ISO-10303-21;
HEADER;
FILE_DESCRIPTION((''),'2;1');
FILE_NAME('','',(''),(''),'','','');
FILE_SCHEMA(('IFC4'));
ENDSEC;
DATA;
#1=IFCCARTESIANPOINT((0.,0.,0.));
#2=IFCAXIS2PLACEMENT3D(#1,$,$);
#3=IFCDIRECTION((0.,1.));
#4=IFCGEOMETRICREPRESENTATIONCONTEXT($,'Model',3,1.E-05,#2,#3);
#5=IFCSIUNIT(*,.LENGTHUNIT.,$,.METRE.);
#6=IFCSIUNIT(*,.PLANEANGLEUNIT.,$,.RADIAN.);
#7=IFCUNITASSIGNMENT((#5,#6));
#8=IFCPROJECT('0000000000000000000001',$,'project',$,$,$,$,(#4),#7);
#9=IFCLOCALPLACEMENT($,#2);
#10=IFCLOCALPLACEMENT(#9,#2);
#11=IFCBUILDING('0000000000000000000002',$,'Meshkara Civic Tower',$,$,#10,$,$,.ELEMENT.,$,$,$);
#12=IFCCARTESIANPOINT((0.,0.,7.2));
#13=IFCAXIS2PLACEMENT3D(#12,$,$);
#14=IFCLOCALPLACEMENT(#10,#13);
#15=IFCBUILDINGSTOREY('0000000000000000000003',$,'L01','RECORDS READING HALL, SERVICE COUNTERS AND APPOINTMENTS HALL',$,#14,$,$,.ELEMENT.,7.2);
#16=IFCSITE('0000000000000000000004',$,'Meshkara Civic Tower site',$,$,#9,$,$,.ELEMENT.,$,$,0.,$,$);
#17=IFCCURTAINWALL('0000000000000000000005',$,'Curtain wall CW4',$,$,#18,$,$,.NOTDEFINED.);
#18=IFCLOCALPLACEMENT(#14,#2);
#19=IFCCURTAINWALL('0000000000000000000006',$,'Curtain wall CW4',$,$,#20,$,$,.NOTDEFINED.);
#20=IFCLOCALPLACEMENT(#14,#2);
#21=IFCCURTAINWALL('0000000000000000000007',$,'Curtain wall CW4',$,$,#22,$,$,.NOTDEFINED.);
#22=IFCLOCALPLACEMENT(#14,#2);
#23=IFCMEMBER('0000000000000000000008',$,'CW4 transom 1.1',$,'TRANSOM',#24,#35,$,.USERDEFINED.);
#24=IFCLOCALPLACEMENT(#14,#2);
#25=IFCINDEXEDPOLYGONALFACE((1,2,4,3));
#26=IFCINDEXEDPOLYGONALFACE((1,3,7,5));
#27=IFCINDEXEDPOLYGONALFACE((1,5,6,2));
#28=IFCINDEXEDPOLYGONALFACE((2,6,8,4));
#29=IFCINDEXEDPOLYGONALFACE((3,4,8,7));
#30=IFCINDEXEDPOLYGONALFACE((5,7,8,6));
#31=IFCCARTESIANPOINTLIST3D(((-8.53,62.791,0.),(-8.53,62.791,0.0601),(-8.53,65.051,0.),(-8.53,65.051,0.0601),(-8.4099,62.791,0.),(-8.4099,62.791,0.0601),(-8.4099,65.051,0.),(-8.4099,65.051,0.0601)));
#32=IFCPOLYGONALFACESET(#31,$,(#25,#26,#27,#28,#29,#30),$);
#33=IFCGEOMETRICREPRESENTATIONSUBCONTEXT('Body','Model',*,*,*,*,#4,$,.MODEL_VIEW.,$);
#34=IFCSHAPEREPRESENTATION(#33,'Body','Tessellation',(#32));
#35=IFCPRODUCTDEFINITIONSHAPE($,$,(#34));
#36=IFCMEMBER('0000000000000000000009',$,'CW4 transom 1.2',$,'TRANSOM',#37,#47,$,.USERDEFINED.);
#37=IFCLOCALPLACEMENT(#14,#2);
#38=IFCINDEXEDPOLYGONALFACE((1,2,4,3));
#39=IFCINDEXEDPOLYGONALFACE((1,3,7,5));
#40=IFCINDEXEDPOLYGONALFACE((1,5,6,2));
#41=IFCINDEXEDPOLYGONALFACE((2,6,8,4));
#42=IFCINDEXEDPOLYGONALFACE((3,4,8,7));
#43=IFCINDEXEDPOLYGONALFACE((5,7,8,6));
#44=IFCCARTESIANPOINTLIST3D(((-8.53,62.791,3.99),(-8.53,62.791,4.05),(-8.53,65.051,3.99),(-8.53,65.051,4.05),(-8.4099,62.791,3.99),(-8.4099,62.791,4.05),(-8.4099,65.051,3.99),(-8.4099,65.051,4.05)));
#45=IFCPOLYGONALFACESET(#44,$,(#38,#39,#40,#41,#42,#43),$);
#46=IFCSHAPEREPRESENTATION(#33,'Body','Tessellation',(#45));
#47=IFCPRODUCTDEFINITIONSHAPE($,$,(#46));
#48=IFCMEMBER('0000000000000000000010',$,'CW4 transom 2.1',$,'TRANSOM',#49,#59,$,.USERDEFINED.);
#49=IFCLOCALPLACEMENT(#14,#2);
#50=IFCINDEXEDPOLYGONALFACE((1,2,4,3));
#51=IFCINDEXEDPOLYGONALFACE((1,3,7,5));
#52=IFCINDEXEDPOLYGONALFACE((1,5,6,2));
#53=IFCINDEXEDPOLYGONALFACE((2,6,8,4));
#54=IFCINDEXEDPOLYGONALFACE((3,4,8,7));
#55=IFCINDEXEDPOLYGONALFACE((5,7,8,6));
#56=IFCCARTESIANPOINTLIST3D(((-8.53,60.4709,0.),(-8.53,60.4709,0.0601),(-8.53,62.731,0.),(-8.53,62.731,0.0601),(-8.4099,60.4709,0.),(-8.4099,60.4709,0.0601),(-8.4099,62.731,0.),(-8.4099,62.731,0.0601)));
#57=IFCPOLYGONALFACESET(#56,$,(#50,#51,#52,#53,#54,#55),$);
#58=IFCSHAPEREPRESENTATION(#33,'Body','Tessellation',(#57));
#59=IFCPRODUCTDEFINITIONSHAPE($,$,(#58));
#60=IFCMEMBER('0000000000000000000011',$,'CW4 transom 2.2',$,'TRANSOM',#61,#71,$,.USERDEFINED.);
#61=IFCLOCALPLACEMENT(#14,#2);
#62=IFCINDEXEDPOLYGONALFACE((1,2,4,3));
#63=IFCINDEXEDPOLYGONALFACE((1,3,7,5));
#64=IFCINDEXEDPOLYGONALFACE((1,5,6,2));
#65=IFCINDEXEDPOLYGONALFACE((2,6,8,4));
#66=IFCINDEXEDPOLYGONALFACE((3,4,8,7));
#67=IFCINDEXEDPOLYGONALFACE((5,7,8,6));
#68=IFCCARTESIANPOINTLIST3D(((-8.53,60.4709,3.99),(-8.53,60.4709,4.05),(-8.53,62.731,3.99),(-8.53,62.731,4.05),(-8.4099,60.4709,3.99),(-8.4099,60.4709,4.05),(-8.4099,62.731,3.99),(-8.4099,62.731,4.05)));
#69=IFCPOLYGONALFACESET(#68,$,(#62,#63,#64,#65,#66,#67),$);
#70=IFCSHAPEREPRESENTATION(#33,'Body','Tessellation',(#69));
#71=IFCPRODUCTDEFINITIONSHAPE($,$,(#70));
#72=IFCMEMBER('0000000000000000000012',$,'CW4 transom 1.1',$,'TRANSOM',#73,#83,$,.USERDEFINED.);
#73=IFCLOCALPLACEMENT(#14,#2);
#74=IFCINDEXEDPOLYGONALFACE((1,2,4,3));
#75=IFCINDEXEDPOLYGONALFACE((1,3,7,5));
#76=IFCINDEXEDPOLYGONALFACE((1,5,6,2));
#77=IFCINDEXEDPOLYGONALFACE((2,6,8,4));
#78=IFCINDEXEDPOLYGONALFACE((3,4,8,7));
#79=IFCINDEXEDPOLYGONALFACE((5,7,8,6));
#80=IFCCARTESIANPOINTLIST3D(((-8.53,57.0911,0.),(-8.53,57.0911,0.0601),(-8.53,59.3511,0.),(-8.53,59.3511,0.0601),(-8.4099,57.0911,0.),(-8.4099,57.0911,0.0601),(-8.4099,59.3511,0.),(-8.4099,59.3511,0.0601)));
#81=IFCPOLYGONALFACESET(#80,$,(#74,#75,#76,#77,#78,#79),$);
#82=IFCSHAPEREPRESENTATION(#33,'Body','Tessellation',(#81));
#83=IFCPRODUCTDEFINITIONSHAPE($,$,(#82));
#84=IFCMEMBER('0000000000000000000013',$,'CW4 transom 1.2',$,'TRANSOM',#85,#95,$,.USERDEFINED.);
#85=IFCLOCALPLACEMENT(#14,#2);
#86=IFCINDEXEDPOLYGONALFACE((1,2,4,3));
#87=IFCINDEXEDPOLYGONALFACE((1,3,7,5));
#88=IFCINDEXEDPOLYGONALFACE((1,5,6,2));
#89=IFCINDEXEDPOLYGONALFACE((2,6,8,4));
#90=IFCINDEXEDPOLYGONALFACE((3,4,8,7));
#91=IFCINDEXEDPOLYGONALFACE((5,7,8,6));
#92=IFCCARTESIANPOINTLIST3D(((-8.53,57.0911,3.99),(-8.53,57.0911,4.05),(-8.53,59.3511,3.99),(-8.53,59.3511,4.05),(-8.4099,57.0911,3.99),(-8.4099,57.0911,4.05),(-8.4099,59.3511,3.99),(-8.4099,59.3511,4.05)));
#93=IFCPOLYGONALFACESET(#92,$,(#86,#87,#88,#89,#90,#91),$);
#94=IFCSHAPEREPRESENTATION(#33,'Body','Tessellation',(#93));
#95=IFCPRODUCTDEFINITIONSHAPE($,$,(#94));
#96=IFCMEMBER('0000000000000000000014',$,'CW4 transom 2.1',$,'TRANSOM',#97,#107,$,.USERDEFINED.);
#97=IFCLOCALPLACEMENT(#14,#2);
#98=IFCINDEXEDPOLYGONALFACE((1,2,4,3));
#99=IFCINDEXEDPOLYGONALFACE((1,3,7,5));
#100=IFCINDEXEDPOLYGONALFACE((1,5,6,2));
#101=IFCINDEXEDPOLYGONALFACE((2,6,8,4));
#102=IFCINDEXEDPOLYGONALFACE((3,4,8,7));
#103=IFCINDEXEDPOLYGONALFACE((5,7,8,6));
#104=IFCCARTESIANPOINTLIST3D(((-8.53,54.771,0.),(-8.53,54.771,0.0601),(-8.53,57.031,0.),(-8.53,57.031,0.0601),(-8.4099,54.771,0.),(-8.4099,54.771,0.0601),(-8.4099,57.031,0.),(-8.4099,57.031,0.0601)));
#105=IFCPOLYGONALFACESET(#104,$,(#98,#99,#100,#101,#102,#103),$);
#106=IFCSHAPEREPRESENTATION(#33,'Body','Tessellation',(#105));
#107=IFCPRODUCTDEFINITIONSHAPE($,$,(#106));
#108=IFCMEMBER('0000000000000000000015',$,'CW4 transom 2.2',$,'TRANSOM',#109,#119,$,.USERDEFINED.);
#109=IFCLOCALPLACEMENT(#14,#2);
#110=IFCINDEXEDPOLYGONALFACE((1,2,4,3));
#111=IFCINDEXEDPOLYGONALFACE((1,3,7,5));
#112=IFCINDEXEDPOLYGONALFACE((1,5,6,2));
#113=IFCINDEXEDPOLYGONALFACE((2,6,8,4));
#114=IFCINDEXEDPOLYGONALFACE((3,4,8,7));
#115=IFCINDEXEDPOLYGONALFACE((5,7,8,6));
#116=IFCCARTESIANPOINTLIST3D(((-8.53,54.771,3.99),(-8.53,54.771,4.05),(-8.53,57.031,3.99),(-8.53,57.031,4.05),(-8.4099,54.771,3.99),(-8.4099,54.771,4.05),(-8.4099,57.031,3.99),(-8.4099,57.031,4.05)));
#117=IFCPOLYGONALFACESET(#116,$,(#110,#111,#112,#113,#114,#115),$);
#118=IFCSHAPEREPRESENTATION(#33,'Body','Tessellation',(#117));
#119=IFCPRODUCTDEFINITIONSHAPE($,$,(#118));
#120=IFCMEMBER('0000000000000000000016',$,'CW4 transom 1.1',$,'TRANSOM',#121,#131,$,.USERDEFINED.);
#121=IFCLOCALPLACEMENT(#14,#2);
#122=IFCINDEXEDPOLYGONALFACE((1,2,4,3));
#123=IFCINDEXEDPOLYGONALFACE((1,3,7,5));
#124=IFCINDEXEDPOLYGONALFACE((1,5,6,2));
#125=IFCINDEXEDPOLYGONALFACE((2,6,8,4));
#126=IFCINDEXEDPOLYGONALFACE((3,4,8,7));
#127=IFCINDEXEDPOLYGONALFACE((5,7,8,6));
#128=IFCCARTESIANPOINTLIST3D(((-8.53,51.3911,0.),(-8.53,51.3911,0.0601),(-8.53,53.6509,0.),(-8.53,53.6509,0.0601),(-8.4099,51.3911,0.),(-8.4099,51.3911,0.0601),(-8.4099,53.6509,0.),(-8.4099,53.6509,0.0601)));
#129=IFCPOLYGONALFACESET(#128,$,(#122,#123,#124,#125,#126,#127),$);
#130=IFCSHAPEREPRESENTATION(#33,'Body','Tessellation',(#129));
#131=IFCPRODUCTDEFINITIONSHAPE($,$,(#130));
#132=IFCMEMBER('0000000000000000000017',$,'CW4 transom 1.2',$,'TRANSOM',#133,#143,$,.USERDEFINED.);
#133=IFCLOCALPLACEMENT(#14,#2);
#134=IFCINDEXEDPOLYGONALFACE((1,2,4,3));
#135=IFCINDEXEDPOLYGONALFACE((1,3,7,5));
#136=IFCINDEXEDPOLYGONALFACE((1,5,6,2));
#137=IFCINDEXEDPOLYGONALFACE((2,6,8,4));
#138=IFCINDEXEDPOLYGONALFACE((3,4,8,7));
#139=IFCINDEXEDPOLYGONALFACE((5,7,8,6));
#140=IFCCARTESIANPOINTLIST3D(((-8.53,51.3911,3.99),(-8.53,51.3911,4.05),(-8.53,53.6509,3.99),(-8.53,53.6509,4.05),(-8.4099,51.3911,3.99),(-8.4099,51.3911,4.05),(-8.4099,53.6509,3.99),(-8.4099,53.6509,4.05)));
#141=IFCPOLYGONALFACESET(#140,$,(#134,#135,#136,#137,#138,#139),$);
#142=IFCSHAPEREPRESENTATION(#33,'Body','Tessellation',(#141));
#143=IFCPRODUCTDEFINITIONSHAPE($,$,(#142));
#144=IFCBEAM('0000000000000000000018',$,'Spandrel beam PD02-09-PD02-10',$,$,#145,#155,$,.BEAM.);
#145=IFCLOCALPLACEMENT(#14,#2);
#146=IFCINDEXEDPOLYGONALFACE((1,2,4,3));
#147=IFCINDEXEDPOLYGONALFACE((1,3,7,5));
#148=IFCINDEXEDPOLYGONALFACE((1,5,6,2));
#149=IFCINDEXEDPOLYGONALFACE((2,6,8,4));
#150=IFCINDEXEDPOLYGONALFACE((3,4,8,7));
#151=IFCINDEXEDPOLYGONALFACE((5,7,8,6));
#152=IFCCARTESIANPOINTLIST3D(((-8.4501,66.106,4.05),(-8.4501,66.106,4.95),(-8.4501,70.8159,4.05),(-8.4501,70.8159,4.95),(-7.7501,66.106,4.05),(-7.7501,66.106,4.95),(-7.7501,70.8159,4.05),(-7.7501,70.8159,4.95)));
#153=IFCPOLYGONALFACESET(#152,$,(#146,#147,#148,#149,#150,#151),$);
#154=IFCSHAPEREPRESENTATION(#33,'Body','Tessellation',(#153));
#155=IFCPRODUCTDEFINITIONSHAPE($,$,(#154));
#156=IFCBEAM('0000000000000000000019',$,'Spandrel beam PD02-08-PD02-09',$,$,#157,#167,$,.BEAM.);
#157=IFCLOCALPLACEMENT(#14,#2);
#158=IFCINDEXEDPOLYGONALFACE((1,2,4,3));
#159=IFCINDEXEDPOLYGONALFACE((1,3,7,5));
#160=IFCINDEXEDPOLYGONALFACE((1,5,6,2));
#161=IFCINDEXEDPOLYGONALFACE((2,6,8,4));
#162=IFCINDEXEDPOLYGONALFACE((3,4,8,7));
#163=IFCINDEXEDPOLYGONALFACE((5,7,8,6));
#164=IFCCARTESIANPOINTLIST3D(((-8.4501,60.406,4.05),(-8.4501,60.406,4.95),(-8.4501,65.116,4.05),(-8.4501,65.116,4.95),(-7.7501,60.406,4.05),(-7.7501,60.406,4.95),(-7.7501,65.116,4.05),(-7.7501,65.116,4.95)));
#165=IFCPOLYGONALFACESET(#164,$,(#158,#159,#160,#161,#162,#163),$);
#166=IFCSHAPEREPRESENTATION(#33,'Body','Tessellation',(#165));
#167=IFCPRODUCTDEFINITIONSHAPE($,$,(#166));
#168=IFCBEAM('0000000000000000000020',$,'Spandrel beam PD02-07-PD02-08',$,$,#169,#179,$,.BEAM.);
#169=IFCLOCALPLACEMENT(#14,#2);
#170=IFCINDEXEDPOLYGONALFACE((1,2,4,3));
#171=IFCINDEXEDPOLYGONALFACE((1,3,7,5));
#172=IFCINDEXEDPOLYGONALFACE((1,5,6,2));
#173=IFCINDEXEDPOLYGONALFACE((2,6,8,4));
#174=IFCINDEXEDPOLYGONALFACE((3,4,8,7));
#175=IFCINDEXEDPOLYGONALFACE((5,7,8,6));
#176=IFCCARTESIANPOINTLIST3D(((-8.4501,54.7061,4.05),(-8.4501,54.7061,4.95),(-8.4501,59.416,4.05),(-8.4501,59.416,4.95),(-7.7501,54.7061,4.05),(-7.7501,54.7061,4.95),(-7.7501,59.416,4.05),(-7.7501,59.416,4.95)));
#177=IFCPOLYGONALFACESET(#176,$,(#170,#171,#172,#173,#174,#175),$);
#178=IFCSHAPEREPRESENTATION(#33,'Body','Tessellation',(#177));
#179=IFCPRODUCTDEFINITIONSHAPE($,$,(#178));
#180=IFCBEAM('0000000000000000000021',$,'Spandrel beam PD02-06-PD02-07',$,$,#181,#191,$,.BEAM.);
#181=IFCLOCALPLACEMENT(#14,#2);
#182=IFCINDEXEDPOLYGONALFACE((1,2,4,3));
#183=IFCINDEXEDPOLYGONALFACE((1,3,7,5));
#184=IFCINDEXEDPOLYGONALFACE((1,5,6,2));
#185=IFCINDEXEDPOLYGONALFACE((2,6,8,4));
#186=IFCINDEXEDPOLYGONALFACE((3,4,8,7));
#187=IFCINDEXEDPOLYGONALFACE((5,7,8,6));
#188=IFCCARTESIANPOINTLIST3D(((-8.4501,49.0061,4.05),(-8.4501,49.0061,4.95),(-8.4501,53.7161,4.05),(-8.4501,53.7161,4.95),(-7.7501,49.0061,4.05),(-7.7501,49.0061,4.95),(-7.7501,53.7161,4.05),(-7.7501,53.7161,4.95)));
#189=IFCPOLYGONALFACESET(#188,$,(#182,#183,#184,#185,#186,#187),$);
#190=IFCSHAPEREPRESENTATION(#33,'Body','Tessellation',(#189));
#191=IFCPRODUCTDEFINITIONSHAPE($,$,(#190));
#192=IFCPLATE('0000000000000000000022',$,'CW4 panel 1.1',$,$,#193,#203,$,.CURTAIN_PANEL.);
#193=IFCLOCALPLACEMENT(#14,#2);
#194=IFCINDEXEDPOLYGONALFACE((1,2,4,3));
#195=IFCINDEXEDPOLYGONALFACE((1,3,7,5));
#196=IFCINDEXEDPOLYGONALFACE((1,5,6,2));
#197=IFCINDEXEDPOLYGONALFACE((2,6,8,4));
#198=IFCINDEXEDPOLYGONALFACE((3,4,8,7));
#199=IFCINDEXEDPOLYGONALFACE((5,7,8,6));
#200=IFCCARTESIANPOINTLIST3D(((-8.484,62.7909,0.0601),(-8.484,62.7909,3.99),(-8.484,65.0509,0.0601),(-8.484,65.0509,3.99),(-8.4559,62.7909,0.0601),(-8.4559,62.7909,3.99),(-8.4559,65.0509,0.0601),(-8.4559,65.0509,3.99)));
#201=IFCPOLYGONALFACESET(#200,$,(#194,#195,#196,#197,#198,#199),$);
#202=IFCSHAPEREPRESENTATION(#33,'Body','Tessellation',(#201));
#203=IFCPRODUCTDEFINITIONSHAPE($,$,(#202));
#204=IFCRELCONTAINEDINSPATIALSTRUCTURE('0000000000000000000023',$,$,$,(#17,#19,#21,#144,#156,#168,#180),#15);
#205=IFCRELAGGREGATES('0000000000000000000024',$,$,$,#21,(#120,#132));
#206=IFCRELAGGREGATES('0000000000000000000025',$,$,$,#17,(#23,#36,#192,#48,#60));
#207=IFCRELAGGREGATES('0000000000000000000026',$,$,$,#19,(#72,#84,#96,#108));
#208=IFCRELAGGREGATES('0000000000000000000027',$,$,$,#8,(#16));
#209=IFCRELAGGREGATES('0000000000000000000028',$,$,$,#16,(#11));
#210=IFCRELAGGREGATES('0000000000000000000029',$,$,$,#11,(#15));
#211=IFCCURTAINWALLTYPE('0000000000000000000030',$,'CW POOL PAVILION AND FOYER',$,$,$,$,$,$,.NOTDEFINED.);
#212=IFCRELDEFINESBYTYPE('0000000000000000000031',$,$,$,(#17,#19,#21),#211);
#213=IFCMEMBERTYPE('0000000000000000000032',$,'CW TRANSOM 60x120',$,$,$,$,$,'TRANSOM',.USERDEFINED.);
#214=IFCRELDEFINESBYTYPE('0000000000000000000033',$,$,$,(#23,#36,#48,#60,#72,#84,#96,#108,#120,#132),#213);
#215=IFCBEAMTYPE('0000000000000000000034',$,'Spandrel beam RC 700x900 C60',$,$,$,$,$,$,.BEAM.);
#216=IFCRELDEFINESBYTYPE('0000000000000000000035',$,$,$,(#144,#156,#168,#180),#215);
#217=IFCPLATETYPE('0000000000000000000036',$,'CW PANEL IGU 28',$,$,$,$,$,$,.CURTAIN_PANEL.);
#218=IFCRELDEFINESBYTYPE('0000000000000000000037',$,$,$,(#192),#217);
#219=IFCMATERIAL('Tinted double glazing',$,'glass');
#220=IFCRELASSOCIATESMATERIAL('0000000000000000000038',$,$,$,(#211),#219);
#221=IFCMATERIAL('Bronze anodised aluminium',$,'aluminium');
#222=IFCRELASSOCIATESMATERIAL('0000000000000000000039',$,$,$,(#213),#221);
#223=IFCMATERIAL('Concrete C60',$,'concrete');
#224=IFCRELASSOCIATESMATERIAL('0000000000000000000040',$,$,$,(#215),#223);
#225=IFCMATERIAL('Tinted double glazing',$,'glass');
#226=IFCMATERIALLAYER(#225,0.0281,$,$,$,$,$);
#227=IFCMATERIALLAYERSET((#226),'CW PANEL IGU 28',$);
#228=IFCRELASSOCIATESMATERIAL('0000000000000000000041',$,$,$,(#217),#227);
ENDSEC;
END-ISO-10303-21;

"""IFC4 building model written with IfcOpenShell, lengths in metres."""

from ifc_helpers import new_model, si_unit, direction, frame, origin, origin_2d, place, context, subcontext, project, spatial, rectangle, extrude, material, layer, layer_set, material_profile, profile_set, type_object, element, aggregate, save


model = new_model("IFC4")

# Units and contexts
model_context = context("Model", 3, precision=1e-05, world=origin(), true_north=direction((0.0, 1.0)))
body_context = subcontext(model_context, "Body", "Model", "MODEL_VIEW")
ifc_project = project(units=[si_unit("LENGTHUNIT", "METRE"), si_unit("PLANEANGLEUNIT", "RADIAN")], contexts=[model_context])

# Site, building, storey
site_placement = place(None, origin())
site = spatial("IfcSite", under=ifc_project, at=site_placement, Name="Meshkara Civic Tower site", CompositionType="ELEMENT", RefElevation=0.0)
building_placement = place(site_placement, origin())
building = spatial("IfcBuilding", under=site, at=building_placement, Name="Meshkara Civic Tower", CompositionType="ELEMENT")
storey_placement = place(building_placement, frame((0.0, 0.0, 7.2)))
storey = spatial("IfcBuildingStorey", under=building, at=storey_placement, Name="L01", Description="RECORDS READING HALL, SERVICE COUNTERS AND APPOINTMENTS HALL", CompositionType="ELEMENT", Elevation=7.2)

# Curtain walls
ifc_material_1 = material(Name="Tinted double glazing", Category="glass")
curtain_wall_type = type_object("IfcCurtainWallType", Name="CW POOL PAVILION AND FOYER", PredefinedType="NOTDEFINED", material=ifc_material_1)
curtain_wall_1_placement = place(storey_placement, origin())
curtain_wall_1 = element("IfcCurtainWall", 1, at=curtain_wall_1_placement, inside=storey, type_object=curtain_wall_type, Name="Curtain wall CW4", PredefinedType="NOTDEFINED")
curtain_wall_2_placement = place(storey_placement, origin())
curtain_wall_2 = element("IfcCurtainWall", 2, at=curtain_wall_2_placement, inside=storey, type_object=curtain_wall_type, Name="Curtain wall CW4", PredefinedType="NOTDEFINED")

# Curtain wall
curtain_wall_3_placement = place(storey_placement, origin())
curtain_wall_3 = element("IfcCurtainWall", 3, at=curtain_wall_3_placement, inside=storey, type_object=curtain_wall_type, Name="Curtain wall CW4", PredefinedType="NOTDEFINED")

# Members
ifc_material_2 = material(Name="Bronze anodised aluminium", Category="aluminium")
ifc_material_profile_1 = material_profile(ifc_material_2, rectangle(XDim=0.1201, YDim=0.0601, at=origin_2d()))
ifc_profile_set_1 = profile_set([ifc_material_profile_1], Name="Bronze anodised aluminium")
member_type_1 = type_object("IfcMemberType", Name="CW TRANSOM 60x120", ElementType="TRANSOM", PredefinedType="USERDEFINED", material=ifc_profile_set_1)
member_1_placement = place(storey_placement, frame((-8.47, 65.051, 0.03), z_axis=(0.0, -1.0, 0.0), x_axis=(1.0, 0.0, 0.0)))
member_1 = element("IfcMember", 4, at=member_1_placement, type_object=member_type_1, Name="CW4 transom 1.1", ObjectType="TRANSOM", PredefinedType="USERDEFINED", context=body_context, shape_type="SweptSolid", body=[
    extrude(rectangle(XDim=0.1201, YDim=0.0601, at=origin_2d()), origin(), (0.0, 0.0, 1.0), 2.26),
])
member_2_placement = place(storey_placement, frame((-8.47, 65.051, 4.02), z_axis=(0.0, -1.0, 0.0), x_axis=(1.0, 0.0, 0.0)))
member_2 = element("IfcMember", 5, at=member_2_placement, type_object=member_type_1, Name="CW4 transom 1.2", ObjectType="TRANSOM", PredefinedType="USERDEFINED", context=body_context, shape_type="SweptSolid", body=[
    extrude(rectangle(XDim=0.1201, YDim=0.0601, at=origin_2d()), origin(), (0.0, 0.0, 1.0), 2.26),
])
member_3_placement = place(storey_placement, frame((-8.47, 62.731, 0.03), z_axis=(0.0, -1.0, 0.0), x_axis=(1.0, 0.0, 0.0)))
member_3 = element("IfcMember", 6, at=member_3_placement, type_object=member_type_1, Name="CW4 transom 2.1", ObjectType="TRANSOM", PredefinedType="USERDEFINED", context=body_context, shape_type="SweptSolid", body=[
    extrude(rectangle(XDim=0.1201, YDim=0.0601, at=origin_2d()), origin(), (0.0, 0.0, 1.0), 2.26),
])
member_4_placement = place(storey_placement, frame((-8.47, 62.731, 4.02), z_axis=(0.0, -1.0, 0.0), x_axis=(1.0, 0.0, 0.0)))
member_4 = element("IfcMember", 7, at=member_4_placement, type_object=member_type_1, Name="CW4 transom 2.2", ObjectType="TRANSOM", PredefinedType="USERDEFINED", context=body_context, shape_type="SweptSolid", body=[
    extrude(rectangle(XDim=0.1201, YDim=0.0601, at=origin_2d()), origin(), (0.0, 0.0, 1.0), 2.26),
])
member_5_placement = place(storey_placement, frame((-8.47, 59.3511, 0.03), z_axis=(0.0, -1.0, 0.0), x_axis=(1.0, 0.0, 0.0)))
member_5 = element("IfcMember", 8, at=member_5_placement, type_object=member_type_1, Name="CW4 transom 1.1", ObjectType="TRANSOM", PredefinedType="USERDEFINED", context=body_context, shape_type="SweptSolid", body=[
    extrude(rectangle(XDim=0.1201, YDim=0.0601, at=origin_2d()), origin(), (0.0, 0.0, 1.0), 2.26),
])
member_6_placement = place(storey_placement, frame((-8.47, 59.3511, 4.02), z_axis=(0.0, -1.0, 0.0), x_axis=(1.0, 0.0, 0.0)))
member_6 = element("IfcMember", 9, at=member_6_placement, type_object=member_type_1, Name="CW4 transom 1.2", ObjectType="TRANSOM", PredefinedType="USERDEFINED", context=body_context, shape_type="SweptSolid", body=[
    extrude(rectangle(XDim=0.1201, YDim=0.0601, at=origin_2d()), origin(), (0.0, 0.0, 1.0), 2.26),
])
member_7_placement = place(storey_placement, frame((-8.47, 57.031, 0.03), z_axis=(0.0, -1.0, 0.0), x_axis=(1.0, 0.0, 0.0)))
member_7 = element("IfcMember", 10, at=member_7_placement, type_object=member_type_1, Name="CW4 transom 2.1", ObjectType="TRANSOM", PredefinedType="USERDEFINED", context=body_context, shape_type="SweptSolid", body=[
    extrude(rectangle(XDim=0.1201, YDim=0.0601, at=origin_2d()), origin(), (0.0, 0.0, 1.0), 2.26),
])
member_8_placement = place(storey_placement, frame((-8.47, 57.031, 4.02), z_axis=(0.0, -1.0, 0.0), x_axis=(1.0, 0.0, 0.0)))
member_8 = element("IfcMember", 11, at=member_8_placement, type_object=member_type_1, Name="CW4 transom 2.2", ObjectType="TRANSOM", PredefinedType="USERDEFINED", context=body_context, shape_type="SweptSolid", body=[
    extrude(rectangle(XDim=0.1201, YDim=0.0601, at=origin_2d()), origin(), (0.0, 0.0, 1.0), 2.26),
])
member_9_placement = place(storey_placement, frame((-8.47, 53.6509, 0.03), z_axis=(0.0, -1.0, 0.0), x_axis=(1.0, 0.0, 0.0)))
member_9 = element("IfcMember", 12, at=member_9_placement, type_object=member_type_1, Name="CW4 transom 1.1", ObjectType="TRANSOM", PredefinedType="USERDEFINED", context=body_context, shape_type="SweptSolid", body=[
    extrude(rectangle(XDim=0.1201, YDim=0.0601, at=origin_2d()), origin(), (0.0, 0.0, 1.0), 2.2598),
])
member_10_placement = place(storey_placement, frame((-8.47, 53.6509, 4.02), z_axis=(0.0, -1.0, 0.0), x_axis=(1.0, 0.0, 0.0)))
member_10 = element("IfcMember", 13, at=member_10_placement, type_object=member_type_1, Name="CW4 transom 1.2", ObjectType="TRANSOM", PredefinedType="USERDEFINED", context=body_context, shape_type="SweptSolid", body=[
    extrude(rectangle(XDim=0.1201, YDim=0.0601, at=origin_2d()), origin(), (0.0, 0.0, 1.0), 2.2598),
])
aggregate(curtain_wall_3, [member_9, member_10])

# Beams
ifc_material_3 = material(Name="Concrete C60", Category="concrete")
ifc_material_profile_2 = material_profile(ifc_material_3, rectangle(XDim=0.7, YDim=0.8999, at=origin_2d()))
ifc_profile_set_2 = profile_set([ifc_material_profile_2], Name="Concrete C60")
beam_type = type_object("IfcBeamType", Name="Spandrel beam RC 700x900 C60", PredefinedType="BEAM", material=ifc_profile_set_2)
for number, where, z_axis, x_axis, name in (
    (14, (-8.1001, 70.8159, 4.5), (0.0, -1.0, 0.0), (1.0, 0.0, 0.0), "Spandrel beam PD02-09-PD02-10"),
    (15, (-8.1001, 65.116, 4.5), (0.0, -1.0, 0.0), (1.0, 0.0, 0.0), "Spandrel beam PD02-08-PD02-09"),
    (16, (-8.1001, 59.416, 4.5), (0.0, -1.0, 0.0), (1.0, 0.0, 0.0), "Spandrel beam PD02-07-PD02-08"),
    (17, (-8.1001, 53.7161, 4.5), (0.0, -1.0, 0.0), (1.0, 0.0, 0.0), "Spandrel beam PD02-06-PD02-07"),
):
    element("IfcBeam", number, at=place(storey_placement, frame(where, z_axis=z_axis, x_axis=x_axis)), inside=storey, type_object=beam_type, Name=name, PredefinedType="BEAM", context=body_context, shape_type="SweptSolid", body=[
        extrude(rectangle(XDim=0.7, YDim=0.8999, at=origin_2d()), origin(), (0.0, 0.0, 1.0), 4.71),
    ])

# Plate
ifc_material_4 = material(Name="Tinted double glazing", Category="glass")
ifc_layer_1 = layer(ifc_material_4, 0.0281)
ifc_layer_set_1 = layer_set([ifc_layer_1], Name="CW PANEL IGU 28")
plate_type = type_object("IfcPlateType", Name="CW PANEL IGU 28", PredefinedType="CURTAIN_PANEL", material=ifc_layer_set_1)
plate_1_placement = place(storey_placement, frame((-8.47, 63.9209, 0.0601), z_axis=(0.0, 0.0, 1.0), x_axis=(0.0, -1.0, 0.0)))
plate_1 = element("IfcPlate", 18, at=plate_1_placement, type_object=plate_type, Name="CW4 panel 1.1", PredefinedType="CURTAIN_PANEL", context=body_context, shape_type="SweptSolid", body=[
    extrude(rectangle(XDim=2.26, YDim=0.0281, at=origin_2d()), origin(), (0.0, 0.0, 1.0), 3.9299),
])
aggregate(curtain_wall_1, [member_1, member_2, plate_1, member_3, member_4])
aggregate(curtain_wall_2, [member_5, member_6, member_7, member_8])

save(model, "model.ifc")
